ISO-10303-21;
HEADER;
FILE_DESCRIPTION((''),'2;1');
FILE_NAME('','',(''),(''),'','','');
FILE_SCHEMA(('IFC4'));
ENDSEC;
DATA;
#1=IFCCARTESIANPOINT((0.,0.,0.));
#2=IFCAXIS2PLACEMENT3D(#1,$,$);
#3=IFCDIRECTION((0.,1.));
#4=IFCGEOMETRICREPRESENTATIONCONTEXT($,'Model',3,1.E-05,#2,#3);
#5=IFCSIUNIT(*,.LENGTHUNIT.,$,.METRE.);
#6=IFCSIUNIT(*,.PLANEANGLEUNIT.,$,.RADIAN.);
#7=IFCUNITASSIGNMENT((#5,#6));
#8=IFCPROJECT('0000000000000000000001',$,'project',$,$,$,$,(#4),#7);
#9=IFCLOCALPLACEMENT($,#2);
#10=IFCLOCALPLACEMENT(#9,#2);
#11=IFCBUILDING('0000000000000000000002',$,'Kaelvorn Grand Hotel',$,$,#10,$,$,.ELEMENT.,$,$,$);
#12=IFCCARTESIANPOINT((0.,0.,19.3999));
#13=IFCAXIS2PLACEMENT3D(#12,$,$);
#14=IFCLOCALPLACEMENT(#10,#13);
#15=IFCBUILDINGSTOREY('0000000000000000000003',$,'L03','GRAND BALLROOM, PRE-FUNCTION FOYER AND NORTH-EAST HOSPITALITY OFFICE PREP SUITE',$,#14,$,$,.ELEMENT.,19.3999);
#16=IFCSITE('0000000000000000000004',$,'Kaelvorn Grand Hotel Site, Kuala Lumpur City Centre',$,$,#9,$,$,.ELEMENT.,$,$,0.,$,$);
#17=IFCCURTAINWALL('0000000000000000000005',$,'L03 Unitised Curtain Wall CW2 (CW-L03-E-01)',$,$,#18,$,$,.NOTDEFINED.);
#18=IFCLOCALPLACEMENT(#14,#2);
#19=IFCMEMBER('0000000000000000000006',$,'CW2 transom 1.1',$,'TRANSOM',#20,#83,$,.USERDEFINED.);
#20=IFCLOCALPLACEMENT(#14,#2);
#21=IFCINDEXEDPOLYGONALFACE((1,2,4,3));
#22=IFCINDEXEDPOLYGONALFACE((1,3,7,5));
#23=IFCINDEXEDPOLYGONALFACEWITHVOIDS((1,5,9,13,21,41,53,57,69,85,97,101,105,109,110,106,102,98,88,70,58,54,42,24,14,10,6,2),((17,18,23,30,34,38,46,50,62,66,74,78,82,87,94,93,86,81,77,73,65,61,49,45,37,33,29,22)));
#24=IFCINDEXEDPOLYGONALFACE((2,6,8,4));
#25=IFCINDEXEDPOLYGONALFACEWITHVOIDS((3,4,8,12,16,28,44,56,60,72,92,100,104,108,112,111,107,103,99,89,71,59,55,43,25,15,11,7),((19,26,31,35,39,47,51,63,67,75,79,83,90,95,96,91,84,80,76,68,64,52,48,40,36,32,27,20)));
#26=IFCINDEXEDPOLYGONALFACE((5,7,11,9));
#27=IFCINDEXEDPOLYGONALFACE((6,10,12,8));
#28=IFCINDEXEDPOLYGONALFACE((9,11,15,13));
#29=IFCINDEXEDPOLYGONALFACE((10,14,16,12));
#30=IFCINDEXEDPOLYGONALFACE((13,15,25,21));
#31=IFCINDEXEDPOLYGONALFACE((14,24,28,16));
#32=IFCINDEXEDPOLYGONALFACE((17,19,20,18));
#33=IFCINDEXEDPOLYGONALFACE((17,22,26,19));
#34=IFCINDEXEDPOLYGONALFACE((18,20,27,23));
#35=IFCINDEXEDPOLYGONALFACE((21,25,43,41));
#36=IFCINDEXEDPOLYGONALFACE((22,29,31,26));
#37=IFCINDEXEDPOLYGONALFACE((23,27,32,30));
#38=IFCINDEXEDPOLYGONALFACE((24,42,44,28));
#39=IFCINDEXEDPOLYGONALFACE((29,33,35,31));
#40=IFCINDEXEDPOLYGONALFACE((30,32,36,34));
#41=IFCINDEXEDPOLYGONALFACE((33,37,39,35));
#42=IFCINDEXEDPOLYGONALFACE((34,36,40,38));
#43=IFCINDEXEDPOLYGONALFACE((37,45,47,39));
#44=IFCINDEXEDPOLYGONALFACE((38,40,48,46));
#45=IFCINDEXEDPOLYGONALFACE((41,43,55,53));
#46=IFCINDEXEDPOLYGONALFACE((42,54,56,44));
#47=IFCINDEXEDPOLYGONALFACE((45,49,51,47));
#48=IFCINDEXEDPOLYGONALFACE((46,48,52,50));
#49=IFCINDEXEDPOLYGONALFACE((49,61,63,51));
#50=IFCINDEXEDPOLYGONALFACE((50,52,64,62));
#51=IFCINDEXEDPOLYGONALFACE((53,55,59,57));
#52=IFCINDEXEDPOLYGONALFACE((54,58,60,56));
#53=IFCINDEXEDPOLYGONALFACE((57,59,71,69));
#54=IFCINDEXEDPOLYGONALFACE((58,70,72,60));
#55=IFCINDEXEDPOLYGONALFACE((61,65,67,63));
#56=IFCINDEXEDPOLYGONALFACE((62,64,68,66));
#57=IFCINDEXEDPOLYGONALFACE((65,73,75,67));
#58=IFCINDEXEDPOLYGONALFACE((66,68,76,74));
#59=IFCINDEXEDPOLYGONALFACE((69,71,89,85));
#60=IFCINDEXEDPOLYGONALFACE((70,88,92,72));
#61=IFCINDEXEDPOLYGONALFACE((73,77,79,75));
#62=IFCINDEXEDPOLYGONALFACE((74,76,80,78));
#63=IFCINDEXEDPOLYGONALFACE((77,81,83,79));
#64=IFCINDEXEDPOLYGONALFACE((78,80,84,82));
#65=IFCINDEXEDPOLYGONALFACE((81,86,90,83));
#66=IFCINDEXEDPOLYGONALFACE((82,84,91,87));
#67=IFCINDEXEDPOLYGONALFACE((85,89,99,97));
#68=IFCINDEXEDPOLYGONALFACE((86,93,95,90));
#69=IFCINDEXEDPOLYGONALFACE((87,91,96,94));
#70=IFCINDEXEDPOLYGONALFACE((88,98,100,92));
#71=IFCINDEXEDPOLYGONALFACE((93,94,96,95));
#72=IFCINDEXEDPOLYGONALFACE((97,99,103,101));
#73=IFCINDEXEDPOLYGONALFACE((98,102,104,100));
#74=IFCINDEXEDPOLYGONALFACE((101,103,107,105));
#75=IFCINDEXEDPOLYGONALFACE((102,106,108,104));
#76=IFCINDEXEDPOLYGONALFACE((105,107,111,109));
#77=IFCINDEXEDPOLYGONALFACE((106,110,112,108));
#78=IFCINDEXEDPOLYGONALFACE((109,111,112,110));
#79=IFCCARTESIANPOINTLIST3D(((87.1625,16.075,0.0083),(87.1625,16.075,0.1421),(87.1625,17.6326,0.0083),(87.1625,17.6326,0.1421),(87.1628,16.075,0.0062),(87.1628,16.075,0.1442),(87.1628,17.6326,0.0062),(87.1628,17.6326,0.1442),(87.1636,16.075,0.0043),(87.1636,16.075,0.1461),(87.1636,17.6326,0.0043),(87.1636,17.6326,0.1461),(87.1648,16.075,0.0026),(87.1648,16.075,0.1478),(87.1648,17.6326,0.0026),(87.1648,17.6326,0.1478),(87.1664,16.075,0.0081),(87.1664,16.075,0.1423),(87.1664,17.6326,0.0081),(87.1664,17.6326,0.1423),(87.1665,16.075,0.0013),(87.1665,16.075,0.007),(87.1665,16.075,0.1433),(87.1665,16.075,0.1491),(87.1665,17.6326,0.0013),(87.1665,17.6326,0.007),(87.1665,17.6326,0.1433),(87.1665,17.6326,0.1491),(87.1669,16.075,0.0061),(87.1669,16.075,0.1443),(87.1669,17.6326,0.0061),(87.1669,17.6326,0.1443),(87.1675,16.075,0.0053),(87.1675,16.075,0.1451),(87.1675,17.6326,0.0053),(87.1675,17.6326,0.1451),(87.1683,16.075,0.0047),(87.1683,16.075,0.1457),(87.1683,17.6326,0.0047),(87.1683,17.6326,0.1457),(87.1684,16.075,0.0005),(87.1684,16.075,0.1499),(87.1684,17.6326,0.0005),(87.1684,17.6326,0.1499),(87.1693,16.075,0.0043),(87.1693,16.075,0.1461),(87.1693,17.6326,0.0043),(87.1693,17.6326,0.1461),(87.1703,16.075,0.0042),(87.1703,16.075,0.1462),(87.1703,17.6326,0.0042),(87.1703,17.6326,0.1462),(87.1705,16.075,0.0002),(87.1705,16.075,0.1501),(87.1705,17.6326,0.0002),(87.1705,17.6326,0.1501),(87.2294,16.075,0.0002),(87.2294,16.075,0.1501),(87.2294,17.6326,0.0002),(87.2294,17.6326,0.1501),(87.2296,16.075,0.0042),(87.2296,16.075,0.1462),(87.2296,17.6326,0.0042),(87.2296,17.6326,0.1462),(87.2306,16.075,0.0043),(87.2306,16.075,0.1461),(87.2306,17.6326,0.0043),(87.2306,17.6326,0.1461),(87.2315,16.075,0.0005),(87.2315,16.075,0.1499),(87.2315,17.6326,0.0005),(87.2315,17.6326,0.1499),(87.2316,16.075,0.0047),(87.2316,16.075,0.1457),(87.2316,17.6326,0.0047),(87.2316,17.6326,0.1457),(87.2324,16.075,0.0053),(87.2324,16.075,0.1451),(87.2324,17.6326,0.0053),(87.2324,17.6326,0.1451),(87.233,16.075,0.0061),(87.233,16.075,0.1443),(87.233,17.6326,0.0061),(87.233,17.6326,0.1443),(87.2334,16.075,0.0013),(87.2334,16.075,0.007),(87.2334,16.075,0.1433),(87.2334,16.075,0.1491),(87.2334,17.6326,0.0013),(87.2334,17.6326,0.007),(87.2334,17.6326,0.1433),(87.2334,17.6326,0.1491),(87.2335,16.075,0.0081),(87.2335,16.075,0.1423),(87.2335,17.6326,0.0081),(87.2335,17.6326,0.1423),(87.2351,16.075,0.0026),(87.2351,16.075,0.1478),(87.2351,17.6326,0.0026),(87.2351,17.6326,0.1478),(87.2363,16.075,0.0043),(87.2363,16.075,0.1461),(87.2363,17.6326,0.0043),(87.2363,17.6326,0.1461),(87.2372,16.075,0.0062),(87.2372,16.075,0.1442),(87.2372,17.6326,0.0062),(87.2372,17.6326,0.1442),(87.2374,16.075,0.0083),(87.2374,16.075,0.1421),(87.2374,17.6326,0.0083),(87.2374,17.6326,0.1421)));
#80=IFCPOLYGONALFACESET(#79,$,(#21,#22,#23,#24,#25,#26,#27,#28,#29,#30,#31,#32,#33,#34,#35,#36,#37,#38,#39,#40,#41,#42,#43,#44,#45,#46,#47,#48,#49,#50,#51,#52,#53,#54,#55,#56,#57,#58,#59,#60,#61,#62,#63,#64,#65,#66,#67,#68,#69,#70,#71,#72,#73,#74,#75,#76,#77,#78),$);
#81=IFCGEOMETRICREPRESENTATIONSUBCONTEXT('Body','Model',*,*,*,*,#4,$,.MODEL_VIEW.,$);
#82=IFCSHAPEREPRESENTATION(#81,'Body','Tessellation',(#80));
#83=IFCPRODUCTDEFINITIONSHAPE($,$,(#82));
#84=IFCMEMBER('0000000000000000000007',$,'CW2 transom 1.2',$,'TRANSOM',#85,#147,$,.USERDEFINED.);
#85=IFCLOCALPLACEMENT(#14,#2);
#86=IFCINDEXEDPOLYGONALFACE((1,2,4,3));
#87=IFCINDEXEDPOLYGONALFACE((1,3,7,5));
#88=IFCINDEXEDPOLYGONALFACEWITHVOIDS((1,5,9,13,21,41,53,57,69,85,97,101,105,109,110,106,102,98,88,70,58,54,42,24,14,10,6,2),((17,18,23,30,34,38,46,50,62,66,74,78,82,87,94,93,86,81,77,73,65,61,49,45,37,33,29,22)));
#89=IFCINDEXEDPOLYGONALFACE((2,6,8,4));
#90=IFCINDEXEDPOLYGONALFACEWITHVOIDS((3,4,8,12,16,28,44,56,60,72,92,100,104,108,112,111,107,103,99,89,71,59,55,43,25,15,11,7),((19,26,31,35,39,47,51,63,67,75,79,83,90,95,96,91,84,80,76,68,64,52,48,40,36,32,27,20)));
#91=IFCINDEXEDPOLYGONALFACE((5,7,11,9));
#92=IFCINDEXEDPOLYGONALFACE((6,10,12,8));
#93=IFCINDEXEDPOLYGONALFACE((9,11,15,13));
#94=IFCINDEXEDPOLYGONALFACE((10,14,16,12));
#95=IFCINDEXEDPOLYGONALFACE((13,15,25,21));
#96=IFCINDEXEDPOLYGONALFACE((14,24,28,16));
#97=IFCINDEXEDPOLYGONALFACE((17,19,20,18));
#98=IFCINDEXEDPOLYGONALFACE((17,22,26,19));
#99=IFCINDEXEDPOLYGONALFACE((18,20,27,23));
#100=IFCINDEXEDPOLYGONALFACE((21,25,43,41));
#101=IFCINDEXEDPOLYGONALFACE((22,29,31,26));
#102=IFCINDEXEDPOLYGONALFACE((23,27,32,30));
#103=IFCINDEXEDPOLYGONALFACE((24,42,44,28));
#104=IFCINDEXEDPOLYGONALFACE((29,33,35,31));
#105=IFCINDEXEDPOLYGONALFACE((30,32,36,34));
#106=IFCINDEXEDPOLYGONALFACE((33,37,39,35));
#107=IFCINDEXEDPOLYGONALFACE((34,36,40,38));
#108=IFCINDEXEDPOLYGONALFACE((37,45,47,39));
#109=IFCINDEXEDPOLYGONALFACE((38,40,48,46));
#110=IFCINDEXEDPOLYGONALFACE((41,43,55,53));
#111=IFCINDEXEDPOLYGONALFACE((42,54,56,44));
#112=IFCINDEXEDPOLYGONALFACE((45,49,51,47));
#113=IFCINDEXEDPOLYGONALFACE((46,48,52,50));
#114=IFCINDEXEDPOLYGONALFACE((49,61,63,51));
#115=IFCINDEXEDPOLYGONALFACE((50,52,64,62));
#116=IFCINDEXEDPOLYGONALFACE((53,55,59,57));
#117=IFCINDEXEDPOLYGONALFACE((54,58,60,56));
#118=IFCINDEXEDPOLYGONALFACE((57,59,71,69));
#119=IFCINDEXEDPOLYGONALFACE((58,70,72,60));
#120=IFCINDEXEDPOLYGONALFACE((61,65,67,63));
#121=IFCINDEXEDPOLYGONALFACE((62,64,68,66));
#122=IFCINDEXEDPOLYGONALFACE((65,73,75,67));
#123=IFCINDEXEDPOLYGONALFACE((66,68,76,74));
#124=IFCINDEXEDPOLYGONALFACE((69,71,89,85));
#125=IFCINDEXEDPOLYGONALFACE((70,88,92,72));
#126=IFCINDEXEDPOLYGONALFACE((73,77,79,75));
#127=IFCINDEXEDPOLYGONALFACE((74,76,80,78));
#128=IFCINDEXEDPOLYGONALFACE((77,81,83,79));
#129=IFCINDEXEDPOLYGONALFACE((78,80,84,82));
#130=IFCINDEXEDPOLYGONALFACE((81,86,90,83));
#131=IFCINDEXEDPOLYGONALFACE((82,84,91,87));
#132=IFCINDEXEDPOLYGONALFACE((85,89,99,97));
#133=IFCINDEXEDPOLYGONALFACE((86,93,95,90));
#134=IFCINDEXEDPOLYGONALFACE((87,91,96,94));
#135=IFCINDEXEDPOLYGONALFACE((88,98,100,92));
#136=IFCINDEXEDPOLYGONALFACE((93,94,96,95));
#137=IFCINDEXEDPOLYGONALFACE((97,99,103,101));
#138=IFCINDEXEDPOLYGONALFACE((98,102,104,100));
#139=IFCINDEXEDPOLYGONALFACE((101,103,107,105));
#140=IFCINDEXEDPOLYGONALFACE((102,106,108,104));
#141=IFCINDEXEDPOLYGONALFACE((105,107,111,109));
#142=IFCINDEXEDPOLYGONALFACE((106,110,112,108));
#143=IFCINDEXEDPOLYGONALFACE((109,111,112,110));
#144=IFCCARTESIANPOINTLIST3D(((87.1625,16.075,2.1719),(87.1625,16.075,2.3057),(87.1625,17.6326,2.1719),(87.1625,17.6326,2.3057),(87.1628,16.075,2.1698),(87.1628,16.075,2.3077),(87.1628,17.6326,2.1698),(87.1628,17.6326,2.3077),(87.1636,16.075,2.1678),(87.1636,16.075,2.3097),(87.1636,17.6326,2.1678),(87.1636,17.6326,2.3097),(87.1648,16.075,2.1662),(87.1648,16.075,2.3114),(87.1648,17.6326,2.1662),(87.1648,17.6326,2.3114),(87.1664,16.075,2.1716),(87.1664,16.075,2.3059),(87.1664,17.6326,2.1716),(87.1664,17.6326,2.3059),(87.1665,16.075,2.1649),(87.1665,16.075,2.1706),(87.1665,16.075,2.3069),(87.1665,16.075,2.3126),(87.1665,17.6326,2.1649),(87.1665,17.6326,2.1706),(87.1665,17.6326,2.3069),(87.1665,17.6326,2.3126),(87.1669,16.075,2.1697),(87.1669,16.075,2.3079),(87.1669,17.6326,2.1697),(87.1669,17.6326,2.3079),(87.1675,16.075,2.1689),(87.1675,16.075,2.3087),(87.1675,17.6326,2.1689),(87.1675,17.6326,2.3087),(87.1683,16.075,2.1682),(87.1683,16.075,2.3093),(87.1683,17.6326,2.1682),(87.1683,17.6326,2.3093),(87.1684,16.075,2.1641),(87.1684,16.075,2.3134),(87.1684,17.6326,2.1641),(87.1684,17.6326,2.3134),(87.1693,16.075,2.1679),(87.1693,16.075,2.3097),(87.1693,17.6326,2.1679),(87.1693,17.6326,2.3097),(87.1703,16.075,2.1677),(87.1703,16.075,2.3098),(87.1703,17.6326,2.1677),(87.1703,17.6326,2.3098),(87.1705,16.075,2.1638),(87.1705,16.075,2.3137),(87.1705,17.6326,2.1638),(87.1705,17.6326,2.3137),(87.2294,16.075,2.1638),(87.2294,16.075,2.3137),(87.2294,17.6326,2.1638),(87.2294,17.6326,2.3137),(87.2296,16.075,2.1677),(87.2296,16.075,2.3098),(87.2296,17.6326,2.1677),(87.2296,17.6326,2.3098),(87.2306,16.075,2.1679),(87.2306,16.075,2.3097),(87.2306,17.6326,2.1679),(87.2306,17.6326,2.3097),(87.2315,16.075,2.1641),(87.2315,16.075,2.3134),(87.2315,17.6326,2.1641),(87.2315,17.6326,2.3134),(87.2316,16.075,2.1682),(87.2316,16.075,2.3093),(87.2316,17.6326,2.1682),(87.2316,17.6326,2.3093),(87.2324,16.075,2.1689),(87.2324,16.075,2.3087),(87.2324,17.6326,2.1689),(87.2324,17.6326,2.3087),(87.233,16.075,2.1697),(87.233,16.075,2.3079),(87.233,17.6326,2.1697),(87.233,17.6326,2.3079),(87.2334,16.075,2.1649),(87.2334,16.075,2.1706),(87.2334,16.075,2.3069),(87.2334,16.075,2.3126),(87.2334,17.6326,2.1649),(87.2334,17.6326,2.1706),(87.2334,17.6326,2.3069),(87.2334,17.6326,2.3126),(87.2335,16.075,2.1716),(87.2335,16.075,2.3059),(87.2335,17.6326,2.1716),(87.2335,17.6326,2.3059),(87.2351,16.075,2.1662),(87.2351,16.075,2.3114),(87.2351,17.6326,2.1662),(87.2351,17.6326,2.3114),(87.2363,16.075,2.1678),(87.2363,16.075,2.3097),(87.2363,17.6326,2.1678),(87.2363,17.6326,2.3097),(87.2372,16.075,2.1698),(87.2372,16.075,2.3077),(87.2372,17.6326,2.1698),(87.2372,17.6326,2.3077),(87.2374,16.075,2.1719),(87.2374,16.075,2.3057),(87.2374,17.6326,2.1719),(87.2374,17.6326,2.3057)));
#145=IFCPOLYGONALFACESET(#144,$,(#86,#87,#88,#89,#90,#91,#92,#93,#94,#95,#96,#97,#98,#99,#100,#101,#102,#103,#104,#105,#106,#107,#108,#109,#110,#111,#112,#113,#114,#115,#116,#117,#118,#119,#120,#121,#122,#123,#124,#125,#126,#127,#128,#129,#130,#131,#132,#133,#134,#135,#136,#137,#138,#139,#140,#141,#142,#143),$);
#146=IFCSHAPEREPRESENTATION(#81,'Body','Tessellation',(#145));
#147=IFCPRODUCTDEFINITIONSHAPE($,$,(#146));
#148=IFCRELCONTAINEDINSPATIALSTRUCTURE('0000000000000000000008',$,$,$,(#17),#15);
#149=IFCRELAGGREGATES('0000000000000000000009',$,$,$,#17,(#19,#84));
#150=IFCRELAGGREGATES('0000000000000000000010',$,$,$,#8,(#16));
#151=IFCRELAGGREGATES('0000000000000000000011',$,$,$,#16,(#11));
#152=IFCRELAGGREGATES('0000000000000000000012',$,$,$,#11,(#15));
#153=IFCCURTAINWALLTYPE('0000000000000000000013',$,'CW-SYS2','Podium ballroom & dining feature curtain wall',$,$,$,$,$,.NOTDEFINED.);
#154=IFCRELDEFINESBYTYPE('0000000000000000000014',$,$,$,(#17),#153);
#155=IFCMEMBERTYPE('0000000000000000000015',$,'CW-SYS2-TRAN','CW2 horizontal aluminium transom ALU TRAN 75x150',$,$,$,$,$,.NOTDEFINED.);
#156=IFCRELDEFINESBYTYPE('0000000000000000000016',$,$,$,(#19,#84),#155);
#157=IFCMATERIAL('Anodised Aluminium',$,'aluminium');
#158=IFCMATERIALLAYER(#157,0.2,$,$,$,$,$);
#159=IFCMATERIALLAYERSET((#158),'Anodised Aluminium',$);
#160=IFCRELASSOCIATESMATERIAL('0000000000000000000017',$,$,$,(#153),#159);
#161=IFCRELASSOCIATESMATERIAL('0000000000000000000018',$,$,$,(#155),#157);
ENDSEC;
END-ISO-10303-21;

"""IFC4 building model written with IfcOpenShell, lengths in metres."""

from ifc_helpers import new_model, si_unit, direction, frame, origin, origin_2d, place, context, subcontext, project, spatial, hollow_rectangle, extrude, material, layer, layer_set, material_profile, profile_set, type_object, element, aggregate, save


model = new_model("IFC4")

# Units and contexts
model_context = context("Model", 3, precision=1e-05, world=origin(), true_north=direction((0.0, 1.0)))
body_context = subcontext(model_context, "Body", "Model", "MODEL_VIEW")
ifc_project = project(units=[si_unit("LENGTHUNIT", "METRE"), si_unit("PLANEANGLEUNIT", "RADIAN")], contexts=[model_context])

# Site, building, storey
site_placement = place(None, origin())
site = spatial("IfcSite", under=ifc_project, at=site_placement, Name="Kaelvorn Grand Hotel Site, Kuala Lumpur City Centre", CompositionType="ELEMENT", RefElevation=0.0)
building_placement = place(site_placement, origin())
building = spatial("IfcBuilding", under=site, at=building_placement, Name="Kaelvorn Grand Hotel", CompositionType="ELEMENT")
storey_placement = place(building_placement, frame((0.0, 0.0, 19.3999)))
storey = spatial("IfcBuildingStorey", under=building, at=storey_placement, Name="L03", Description="GRAND BALLROOM, PRE-FUNCTION FOYER AND NORTH-EAST HOSPITALITY OFFICE PREP SUITE", CompositionType="ELEMENT", Elevation=19.3999)

# Curtain wall, members
ifc_material_1 = material(Name="Anodised Aluminium", Category="aluminium")
ifc_layer_1 = layer(ifc_material_1, 0.2)
ifc_layer_set_1 = layer_set([ifc_layer_1], Name="Anodised Aluminium")
curtain_wall_type = type_object("IfcCurtainWallType", Name="CW-SYS2", Description="Podium ballroom & dining feature curtain wall", PredefinedType="NOTDEFINED", material=ifc_layer_set_1)
curtain_wall_placement = place(storey_placement, origin())
curtain_wall = element("IfcCurtainWall", 1, at=curtain_wall_placement, inside=storey, type_object=curtain_wall_type, Name="L03 Unitised Curtain Wall CW2 (CW-L03-E-01)", PredefinedType="NOTDEFINED")
ifc_material_profile_1 = material_profile(ifc_material_1, hollow_rectangle(XDim=0.075, YDim=0.1499, WallThickness=0.0039, InnerFilletRadius=0.0039, OuterFilletRadius=0.0081, at=origin_2d()), Name="ALU TRAN 75x150")
ifc_profile_set_1 = profile_set([ifc_material_profile_1], Name="Anodised Aluminium")
member_type_1 = type_object("IfcMemberType", Name="CW-SYS2-TRAN", Description="CW2 horizontal aluminium transom ALU TRAN 75x150", PredefinedType="NOTDEFINED", material=ifc_profile_set_1)
member_1_placement = place(storey_placement, frame((87.2, 16.075, 0.0752), z_axis=(0.0, 1.0, 0.0), x_axis=(-1.0, 0.0, 0.0)))
member_1 = element("IfcMember", 2, at=member_1_placement, type_object=member_type_1, Name="CW2 transom 1.1", ObjectType="TRANSOM", PredefinedType="USERDEFINED", context=body_context, shape_type="SweptSolid", body=[
    extrude(hollow_rectangle(XDim=0.075, YDim=0.1499, WallThickness=0.0039, InnerFilletRadius=0.0039, OuterFilletRadius=0.0081, at=origin_2d()), origin(), (0.0, 0.0, 1.0), 1.5576),
])
member_2_placement = place(storey_placement, frame((87.2, 16.075, 2.2388), z_axis=(0.0, 1.0, 0.0), x_axis=(-1.0, 0.0, 0.0)))
member_2 = element("IfcMember", 3, at=member_2_placement, type_object=member_type_1, Name="CW2 transom 1.2", ObjectType="TRANSOM", PredefinedType="USERDEFINED", context=body_context, shape_type="SweptSolid", body=[
    extrude(hollow_rectangle(XDim=0.075, YDim=0.1499, WallThickness=0.0039, InnerFilletRadius=0.0039, OuterFilletRadius=0.0081, at=origin_2d()), origin(), (0.0, 0.0, 1.0), 1.5576),
])
aggregate(curtain_wall, [member_1, member_2])

save(model, "model.ifc")
